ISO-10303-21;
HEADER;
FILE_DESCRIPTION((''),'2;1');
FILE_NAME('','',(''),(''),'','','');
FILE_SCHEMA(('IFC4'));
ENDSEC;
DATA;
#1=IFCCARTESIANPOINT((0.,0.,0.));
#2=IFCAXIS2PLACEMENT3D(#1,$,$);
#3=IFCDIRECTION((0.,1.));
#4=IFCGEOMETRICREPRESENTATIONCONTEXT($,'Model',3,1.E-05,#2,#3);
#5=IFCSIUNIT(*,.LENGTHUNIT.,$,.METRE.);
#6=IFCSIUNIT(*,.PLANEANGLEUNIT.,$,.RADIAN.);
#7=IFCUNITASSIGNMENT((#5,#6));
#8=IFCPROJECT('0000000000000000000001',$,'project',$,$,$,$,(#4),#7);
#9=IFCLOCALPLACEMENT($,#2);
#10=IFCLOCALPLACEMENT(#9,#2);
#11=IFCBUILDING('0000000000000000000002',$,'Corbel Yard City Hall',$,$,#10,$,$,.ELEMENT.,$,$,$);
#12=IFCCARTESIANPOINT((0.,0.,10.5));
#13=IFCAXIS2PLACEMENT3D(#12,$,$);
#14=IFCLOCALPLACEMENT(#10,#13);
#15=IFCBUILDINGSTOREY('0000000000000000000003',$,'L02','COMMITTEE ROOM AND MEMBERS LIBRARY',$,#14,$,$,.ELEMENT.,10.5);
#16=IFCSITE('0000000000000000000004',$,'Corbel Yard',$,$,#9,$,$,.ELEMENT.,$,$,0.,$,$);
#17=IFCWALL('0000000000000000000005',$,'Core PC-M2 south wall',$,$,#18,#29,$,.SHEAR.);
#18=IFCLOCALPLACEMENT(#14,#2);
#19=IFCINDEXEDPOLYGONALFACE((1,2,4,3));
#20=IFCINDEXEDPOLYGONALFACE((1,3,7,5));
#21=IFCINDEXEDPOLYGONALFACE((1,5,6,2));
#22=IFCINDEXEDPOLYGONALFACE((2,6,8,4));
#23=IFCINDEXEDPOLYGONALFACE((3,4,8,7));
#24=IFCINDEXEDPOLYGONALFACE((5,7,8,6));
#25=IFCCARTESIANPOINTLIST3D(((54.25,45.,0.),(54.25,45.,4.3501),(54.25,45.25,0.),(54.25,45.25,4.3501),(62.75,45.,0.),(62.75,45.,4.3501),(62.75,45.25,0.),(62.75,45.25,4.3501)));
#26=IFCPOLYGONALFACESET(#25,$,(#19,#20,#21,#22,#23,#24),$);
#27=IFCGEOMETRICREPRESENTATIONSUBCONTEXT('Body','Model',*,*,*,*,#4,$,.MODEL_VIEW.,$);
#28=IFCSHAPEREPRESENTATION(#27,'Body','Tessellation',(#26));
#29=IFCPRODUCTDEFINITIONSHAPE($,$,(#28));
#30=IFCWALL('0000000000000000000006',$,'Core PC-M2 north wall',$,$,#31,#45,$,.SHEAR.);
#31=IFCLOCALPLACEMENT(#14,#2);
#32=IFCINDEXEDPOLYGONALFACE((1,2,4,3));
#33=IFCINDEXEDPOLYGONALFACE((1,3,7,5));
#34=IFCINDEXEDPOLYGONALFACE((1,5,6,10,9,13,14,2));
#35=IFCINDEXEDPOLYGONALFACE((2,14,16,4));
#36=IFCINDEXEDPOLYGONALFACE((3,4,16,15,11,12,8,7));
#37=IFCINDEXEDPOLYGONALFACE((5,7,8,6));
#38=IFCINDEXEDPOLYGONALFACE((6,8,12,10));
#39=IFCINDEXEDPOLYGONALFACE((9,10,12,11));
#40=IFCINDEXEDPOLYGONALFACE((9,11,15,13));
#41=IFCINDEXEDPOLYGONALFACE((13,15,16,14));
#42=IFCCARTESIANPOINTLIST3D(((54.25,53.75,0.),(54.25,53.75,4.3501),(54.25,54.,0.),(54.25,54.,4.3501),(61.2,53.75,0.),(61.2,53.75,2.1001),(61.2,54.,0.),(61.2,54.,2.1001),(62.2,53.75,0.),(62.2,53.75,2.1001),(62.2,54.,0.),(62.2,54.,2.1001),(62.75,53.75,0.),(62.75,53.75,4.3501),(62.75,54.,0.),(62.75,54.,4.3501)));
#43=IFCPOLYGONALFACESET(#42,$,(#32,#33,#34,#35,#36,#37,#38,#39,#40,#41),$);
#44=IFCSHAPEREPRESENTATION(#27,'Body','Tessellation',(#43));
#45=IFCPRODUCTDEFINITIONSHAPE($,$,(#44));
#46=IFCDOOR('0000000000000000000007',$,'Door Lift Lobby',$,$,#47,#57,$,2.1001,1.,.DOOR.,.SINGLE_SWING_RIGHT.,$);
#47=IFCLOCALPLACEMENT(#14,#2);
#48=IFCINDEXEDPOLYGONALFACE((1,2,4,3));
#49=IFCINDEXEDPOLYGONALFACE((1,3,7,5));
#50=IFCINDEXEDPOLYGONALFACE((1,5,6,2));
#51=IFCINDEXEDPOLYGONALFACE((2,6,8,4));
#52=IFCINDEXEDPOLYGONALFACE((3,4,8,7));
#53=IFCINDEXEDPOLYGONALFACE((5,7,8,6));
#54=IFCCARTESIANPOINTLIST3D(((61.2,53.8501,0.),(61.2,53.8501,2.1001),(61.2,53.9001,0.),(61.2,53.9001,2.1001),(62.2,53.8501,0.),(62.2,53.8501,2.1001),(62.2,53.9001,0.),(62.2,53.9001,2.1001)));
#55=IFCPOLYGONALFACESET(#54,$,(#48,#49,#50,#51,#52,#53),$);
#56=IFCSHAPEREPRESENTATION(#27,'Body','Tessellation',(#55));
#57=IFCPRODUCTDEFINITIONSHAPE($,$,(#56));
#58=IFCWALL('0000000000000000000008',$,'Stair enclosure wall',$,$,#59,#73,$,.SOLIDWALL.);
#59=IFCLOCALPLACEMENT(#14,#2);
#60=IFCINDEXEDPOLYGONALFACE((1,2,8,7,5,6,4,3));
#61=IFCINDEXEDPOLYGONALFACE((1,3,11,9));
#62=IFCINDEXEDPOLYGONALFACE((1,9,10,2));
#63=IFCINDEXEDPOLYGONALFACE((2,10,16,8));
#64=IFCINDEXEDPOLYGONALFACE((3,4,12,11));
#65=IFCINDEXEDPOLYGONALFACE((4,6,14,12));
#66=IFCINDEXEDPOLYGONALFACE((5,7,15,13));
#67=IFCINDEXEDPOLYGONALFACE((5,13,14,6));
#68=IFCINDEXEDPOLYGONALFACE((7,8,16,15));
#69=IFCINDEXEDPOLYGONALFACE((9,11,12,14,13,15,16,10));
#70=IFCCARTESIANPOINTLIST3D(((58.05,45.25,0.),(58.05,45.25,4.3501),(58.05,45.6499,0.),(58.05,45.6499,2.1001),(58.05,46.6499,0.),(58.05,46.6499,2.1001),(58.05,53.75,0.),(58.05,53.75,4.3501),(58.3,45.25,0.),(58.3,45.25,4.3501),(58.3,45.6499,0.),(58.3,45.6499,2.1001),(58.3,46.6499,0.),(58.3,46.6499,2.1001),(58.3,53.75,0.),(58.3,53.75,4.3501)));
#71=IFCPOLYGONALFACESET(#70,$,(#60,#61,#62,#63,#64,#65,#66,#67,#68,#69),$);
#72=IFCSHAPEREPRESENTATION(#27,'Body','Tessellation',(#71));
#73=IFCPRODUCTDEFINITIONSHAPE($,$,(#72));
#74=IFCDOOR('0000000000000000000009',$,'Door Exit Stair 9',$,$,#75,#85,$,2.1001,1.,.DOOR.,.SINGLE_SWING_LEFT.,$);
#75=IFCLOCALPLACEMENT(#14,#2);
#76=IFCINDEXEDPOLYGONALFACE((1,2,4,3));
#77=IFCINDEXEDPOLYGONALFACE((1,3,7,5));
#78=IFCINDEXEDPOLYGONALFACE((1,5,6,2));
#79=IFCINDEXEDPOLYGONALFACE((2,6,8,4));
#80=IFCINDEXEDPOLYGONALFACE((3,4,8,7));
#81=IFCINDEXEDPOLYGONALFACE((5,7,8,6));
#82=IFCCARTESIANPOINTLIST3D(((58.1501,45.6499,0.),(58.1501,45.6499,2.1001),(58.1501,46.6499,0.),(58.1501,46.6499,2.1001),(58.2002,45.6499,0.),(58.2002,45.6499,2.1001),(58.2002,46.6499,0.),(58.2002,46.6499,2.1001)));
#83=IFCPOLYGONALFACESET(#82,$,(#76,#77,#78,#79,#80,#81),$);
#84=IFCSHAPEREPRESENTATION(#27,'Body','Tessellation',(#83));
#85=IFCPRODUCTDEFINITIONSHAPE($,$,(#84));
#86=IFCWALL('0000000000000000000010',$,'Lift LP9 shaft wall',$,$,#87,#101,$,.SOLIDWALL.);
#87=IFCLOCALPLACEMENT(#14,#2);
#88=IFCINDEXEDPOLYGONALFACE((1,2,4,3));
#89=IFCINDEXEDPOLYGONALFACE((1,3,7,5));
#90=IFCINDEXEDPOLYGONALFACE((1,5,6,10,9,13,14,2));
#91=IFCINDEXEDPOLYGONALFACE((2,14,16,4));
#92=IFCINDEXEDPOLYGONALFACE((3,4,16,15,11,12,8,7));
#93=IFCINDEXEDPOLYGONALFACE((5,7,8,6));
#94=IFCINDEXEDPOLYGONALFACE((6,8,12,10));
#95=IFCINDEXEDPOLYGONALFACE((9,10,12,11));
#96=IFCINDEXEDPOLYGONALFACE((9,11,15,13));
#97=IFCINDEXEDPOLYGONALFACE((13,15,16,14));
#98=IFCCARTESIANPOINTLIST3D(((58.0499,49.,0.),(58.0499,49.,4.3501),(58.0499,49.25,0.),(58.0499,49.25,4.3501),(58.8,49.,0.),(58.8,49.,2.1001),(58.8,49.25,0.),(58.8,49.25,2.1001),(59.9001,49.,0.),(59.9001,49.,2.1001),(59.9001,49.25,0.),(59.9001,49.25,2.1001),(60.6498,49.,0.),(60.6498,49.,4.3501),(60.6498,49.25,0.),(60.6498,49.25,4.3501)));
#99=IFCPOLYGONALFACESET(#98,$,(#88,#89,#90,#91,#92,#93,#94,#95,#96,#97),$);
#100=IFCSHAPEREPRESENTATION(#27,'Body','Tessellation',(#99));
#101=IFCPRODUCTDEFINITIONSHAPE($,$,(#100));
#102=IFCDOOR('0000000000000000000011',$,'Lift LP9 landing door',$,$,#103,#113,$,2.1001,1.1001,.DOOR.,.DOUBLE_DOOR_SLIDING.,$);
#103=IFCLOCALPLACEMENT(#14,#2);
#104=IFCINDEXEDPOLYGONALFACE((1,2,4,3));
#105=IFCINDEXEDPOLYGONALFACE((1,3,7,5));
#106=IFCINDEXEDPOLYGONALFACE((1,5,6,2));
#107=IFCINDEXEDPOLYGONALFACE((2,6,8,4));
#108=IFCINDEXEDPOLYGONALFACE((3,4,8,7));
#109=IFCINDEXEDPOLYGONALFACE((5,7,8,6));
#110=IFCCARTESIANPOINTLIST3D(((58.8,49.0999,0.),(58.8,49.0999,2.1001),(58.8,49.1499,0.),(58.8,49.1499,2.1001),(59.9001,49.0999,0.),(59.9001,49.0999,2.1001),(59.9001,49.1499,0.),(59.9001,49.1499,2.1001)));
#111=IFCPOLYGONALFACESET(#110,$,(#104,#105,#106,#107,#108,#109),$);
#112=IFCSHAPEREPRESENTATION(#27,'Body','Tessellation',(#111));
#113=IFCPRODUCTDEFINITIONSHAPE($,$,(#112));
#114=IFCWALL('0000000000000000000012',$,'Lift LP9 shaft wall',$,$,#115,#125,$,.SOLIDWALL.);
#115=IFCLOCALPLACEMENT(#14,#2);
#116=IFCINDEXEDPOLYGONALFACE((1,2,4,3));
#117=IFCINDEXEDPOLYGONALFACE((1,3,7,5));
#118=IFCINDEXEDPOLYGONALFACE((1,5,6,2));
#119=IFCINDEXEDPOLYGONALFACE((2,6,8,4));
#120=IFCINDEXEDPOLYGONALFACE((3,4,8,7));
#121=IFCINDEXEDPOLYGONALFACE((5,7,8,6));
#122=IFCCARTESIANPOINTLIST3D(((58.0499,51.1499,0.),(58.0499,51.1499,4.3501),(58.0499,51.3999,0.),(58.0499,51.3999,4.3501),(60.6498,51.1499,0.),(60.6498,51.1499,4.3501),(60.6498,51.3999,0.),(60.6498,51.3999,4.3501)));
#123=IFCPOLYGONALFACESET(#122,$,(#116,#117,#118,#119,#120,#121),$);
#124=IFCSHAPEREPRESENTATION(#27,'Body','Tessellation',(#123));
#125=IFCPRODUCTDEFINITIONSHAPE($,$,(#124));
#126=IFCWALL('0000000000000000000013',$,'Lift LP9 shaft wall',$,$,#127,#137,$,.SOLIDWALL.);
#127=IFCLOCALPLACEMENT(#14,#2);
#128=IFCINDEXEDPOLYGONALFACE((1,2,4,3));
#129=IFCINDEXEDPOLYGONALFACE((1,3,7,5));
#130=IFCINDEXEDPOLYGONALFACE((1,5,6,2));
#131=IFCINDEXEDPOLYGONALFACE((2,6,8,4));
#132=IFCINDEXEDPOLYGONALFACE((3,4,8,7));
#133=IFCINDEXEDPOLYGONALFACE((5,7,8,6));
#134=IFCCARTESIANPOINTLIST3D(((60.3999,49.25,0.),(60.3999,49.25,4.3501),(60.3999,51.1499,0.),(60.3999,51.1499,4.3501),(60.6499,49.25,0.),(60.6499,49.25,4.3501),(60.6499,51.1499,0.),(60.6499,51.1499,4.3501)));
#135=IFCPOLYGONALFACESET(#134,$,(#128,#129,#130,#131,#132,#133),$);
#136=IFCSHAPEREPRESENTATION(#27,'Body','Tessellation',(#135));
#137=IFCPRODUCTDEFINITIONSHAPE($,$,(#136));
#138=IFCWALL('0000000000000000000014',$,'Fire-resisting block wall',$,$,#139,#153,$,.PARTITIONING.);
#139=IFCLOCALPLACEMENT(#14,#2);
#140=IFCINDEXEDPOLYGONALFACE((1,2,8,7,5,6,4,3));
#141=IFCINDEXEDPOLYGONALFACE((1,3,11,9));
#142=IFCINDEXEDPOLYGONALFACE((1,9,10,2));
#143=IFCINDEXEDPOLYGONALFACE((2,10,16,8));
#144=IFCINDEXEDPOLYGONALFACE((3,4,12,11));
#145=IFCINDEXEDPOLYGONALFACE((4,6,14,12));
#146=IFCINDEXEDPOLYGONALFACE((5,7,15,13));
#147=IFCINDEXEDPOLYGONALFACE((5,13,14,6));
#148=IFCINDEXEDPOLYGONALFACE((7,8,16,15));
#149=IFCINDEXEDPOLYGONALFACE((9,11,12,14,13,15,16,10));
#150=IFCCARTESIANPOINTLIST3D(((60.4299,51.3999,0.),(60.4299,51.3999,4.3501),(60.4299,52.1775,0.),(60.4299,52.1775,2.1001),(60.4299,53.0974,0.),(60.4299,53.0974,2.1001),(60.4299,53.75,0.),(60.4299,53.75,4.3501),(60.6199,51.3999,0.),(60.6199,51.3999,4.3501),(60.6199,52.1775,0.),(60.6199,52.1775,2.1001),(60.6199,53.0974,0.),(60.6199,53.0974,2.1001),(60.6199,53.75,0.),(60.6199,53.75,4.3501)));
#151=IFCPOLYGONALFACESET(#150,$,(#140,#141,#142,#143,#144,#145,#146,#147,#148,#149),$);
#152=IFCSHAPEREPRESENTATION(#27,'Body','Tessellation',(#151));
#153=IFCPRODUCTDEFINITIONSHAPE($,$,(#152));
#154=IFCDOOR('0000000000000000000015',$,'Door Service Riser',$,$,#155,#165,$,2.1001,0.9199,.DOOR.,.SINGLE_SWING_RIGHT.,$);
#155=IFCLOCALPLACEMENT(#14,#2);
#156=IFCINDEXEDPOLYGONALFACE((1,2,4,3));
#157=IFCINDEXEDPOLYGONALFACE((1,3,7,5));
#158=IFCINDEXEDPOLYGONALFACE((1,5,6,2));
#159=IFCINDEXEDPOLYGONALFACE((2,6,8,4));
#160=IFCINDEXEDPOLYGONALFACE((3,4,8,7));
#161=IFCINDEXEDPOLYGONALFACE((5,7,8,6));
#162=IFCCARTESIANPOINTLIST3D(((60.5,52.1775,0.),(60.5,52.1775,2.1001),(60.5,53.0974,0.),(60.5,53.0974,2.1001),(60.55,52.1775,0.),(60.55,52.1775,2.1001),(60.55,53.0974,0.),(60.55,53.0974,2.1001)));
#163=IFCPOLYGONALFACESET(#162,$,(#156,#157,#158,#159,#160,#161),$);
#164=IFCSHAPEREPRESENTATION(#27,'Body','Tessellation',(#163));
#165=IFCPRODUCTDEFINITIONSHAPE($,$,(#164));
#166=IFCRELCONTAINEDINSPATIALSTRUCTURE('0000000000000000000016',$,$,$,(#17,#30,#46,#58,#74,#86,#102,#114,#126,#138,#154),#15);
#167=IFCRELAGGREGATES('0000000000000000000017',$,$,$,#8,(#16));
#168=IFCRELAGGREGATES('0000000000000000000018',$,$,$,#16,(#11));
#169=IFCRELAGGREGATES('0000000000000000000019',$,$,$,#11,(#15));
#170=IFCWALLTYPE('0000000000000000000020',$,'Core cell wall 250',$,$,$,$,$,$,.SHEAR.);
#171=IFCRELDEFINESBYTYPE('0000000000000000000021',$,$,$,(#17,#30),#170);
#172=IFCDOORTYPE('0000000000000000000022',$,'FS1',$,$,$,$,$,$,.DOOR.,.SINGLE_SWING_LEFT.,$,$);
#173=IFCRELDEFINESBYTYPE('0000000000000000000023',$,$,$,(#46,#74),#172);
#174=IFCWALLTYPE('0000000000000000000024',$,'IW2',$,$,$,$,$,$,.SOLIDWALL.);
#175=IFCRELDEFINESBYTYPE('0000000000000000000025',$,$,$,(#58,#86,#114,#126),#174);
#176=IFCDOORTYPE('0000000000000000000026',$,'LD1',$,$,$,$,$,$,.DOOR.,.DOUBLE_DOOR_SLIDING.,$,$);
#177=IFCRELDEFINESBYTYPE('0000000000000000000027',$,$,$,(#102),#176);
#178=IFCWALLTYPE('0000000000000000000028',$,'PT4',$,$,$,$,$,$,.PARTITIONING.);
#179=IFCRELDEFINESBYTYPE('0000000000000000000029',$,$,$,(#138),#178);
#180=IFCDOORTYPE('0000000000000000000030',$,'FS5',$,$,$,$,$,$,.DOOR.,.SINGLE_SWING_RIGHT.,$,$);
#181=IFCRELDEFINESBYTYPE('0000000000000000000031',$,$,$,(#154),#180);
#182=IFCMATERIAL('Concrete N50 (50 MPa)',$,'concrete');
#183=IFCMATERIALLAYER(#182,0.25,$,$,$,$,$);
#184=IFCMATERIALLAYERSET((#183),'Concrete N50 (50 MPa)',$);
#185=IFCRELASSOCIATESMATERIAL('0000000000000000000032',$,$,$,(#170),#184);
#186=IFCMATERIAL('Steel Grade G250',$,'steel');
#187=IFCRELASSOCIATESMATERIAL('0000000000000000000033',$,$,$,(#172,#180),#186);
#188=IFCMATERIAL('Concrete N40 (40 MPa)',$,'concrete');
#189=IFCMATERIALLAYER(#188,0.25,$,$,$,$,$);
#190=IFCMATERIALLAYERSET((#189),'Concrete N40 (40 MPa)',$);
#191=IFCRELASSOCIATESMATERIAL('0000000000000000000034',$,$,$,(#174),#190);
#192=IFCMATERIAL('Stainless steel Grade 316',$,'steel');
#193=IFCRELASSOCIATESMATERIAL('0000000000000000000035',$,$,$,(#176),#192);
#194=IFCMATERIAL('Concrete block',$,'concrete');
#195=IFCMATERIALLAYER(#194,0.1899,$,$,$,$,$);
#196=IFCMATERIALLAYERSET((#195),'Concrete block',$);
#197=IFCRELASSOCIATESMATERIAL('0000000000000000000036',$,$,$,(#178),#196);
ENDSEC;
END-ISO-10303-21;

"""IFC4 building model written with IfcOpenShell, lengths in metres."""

from ifc_helpers import new_model, si_unit, direction, frame, frame_2d, origin, place, context, subcontext, project, spatial, rectangle, extrude, material, layer, layer_set, type_object, element, fill, save


model = new_model("IFC4")

# Units and contexts
model_context = context("Model", 3, precision=1e-05, world=origin(), true_north=direction((0.0, 1.0)))
body_context = subcontext(model_context, "Body", "Model", "MODEL_VIEW")
ifc_project = project(units=[si_unit("LENGTHUNIT", "METRE"), si_unit("PLANEANGLEUNIT", "RADIAN")], contexts=[model_context])

# Site, building, storey
site_placement = place(None, origin())
site = spatial("IfcSite", under=ifc_project, at=site_placement, Name="Corbel Yard", CompositionType="ELEMENT", RefElevation=0.0)
building_placement = place(site_placement, origin())
building = spatial("IfcBuilding", under=site, at=building_placement, Name="Corbel Yard City Hall", CompositionType="ELEMENT")
storey_placement = place(building_placement, frame((0.0, 0.0, 10.5)))
storey = spatial("IfcBuildingStorey", under=building, at=storey_placement, Name="L02", Description="COMMITTEE ROOM AND MEMBERS LIBRARY", CompositionType="ELEMENT", Elevation=10.5)

# Wall
ifc_material_1 = material(Name="Concrete N50 (50 MPa)", Category="concrete")
ifc_layer_1 = layer(ifc_material_1, 0.25)
ifc_layer_set_1 = layer_set([ifc_layer_1], Name="Concrete N50 (50 MPa)")
wall_type_1 = type_object("IfcWallType", Name="Core cell wall 250", PredefinedType="SHEAR", material=ifc_layer_set_1)
wall_1_placement = place(storey_placement, frame((54.25, 45.125, 0.0), z_axis=(0.0, 0.0, 1.0), x_axis=(1.0, 0.0, 0.0)))
element("IfcWall", 1, at=wall_1_placement, inside=storey, type_object=wall_type_1, Name="Core PC-M2 south wall", PredefinedType="SHEAR", context=body_context, shape_type="SweptSolid", body=[
    extrude(rectangle(XDim=8.5, YDim=0.25, at=frame_2d((4.25, 0.0))), origin(), (0.0, 0.0, 1.0), 4.3501),
])

# Walls, openings, doors
wall_2_placement = place(storey_placement, frame((54.25, 53.875, 0.0), z_axis=(0.0, 0.0, 1.0), x_axis=(1.0, 0.0, 0.0)))
wall_2 = element("IfcWall", 2, at=wall_2_placement, inside=storey, type_object=wall_type_1, Name="Core PC-M2 north wall", PredefinedType="SHEAR", context=body_context, shape_type="SweptSolid", body=[
    extrude(rectangle(XDim=8.5, YDim=0.25, at=frame_2d((4.25, 0.0))), origin(), (0.0, 0.0, 1.0), 4.3501),
])
opening_1_placement = place(wall_2_placement, frame((6.95, 0.0, 0.0)))
opening_1 = element("IfcOpeningElement", 3, at=opening_1_placement, cuts=wall_2, PredefinedType="OPENING", context=body_context, shape_type="SweptSolid", body=[
    extrude(rectangle(XDim=1.0, YDim=2.1001, at=frame_2d((0.5, 1.05))), frame((0.0, 0.135, 0.0), z_axis=(0.0, -1.0, 0.0), x_axis=(1.0, 0.0, 0.0)), (0.0, 0.0, 1.0), 0.27),
])
ifc_material_2 = material(Name="Steel Grade G250", Category="steel")
door_type_1 = type_object("IfcDoorType", Name="FS1", OperationType="SINGLE_SWING_LEFT", PredefinedType="DOOR", material=ifc_material_2)
door_1_placement = place(opening_1_placement, frame((1.0, 0.0, 0.0), z_axis=(0.0, 0.0, 1.0), x_axis=(-1.0, 0.0, 0.0)))
door_1 = element("IfcDoor", 4, at=door_1_placement, inside=storey, type_object=door_type_1, Name="Door Lift Lobby", OperationType="SINGLE_SWING_RIGHT", OverallHeight=2.1001, OverallWidth=1.0, PredefinedType="DOOR", context=body_context, shape_type="SweptSolid", body=[
    extrude(rectangle(XDim=1.0, YDim=2.1001, at=frame_2d((0.5, 1.05))), frame((0.0, 0.0249, 0.0), z_axis=(0.0, -1.0, 0.0), x_axis=(1.0, 0.0, 0.0)), (0.0, 0.0, 1.0), 0.05),
])
fill(opening_1, door_1)
ifc_material_3 = material(Name="Concrete N40 (40 MPa)", Category="concrete")
ifc_layer_2 = layer(ifc_material_3, 0.25)
ifc_layer_set_2 = layer_set([ifc_layer_2], Name="Concrete N40 (40 MPa)")
wall_type_2 = type_object("IfcWallType", Name="IW2", PredefinedType="SOLIDWALL", material=ifc_layer_set_2)
wall_3_placement = place(storey_placement, frame((58.175, 45.25, 0.0), z_axis=(0.0, 0.0, 1.0), x_axis=(0.0, 1.0, 0.0)))
wall_3 = element("IfcWall", 5, at=wall_3_placement, inside=storey, type_object=wall_type_2, Name="Stair enclosure wall", PredefinedType="SOLIDWALL", context=body_context, shape_type="SweptSolid", body=[
    extrude(rectangle(XDim=8.5, YDim=0.25, at=frame_2d((4.25, 0.0))), origin(), (0.0, 0.0, 1.0), 4.3501),
])
opening_2_placement = place(wall_3_placement, frame((0.3999, 0.0, 0.0)))
opening_2 = element("IfcOpeningElement", 6, at=opening_2_placement, cuts=wall_3, PredefinedType="OPENING", context=body_context, shape_type="SweptSolid", body=[
    extrude(rectangle(XDim=1.0, YDim=2.1001, at=frame_2d((0.5, 1.05))), frame((0.0, 0.135, 0.0), z_axis=(0.0, -1.0, 0.0), x_axis=(1.0, 0.0, 0.0)), (0.0, 0.0, 1.0), 0.27),
])
door_2_placement = place(opening_2_placement, origin())
door_2 = element("IfcDoor", 7, at=door_2_placement, inside=storey, type_object=door_type_1, Name="Door Exit Stair 9", OperationType="SINGLE_SWING_LEFT", OverallHeight=2.1001, OverallWidth=1.0, PredefinedType="DOOR", context=body_context, shape_type="SweptSolid", body=[
    extrude(rectangle(XDim=1.0, YDim=2.1001, at=frame_2d((0.5, 1.05))), frame((0.0, 0.0249, 0.0), z_axis=(0.0, -1.0, 0.0), x_axis=(1.0, 0.0, 0.0)), (0.0, 0.0, 1.0), 0.05),
])
fill(opening_2, door_2)
wall_4_placement = place(storey_placement, frame((58.05, 49.125, 0.0), z_axis=(0.0, 0.0, 1.0), x_axis=(1.0, 0.0, 0.0)))
wall_4 = element("IfcWall", 8, at=wall_4_placement, inside=storey, type_object=wall_type_2, Name="Lift LP9 shaft wall", PredefinedType="SOLIDWALL", context=body_context, shape_type="SweptSolid", body=[
    extrude(rectangle(XDim=2.5999, YDim=0.25, at=frame_2d((1.2998, 0.0))), origin(), (0.0, 0.0, 1.0), 4.3501),
])
opening_3_placement = place(wall_4_placement, frame((0.75, 0.0, 0.0)))
opening_3 = element("IfcOpeningElement", 9, at=opening_3_placement, cuts=wall_4, PredefinedType="OPENING", context=body_context, shape_type="SweptSolid", body=[
    extrude(rectangle(XDim=1.1001, YDim=2.1001, at=frame_2d((0.55, 1.05))), frame((0.0, 0.135, 0.0), z_axis=(0.0, -1.0, 0.0), x_axis=(1.0, 0.0, 0.0)), (0.0, 0.0, 1.0), 0.27),
])
ifc_material_4 = material(Name="Stainless steel Grade 316", Category="steel")
door_type_2 = type_object("IfcDoorType", Name="LD1", OperationType="DOUBLE_DOOR_SLIDING", PredefinedType="DOOR", material=ifc_material_4)
door_3_placement = place(opening_3_placement, origin())
door_3 = element("IfcDoor", 10, at=door_3_placement, inside=storey, type_object=door_type_2, Name="Lift LP9 landing door", OperationType="DOUBLE_DOOR_SLIDING", OverallHeight=2.1001, OverallWidth=1.1001, PredefinedType="DOOR", context=body_context, shape_type="SweptSolid", body=[
    extrude(rectangle(XDim=1.1001, YDim=2.1001, at=frame_2d((0.55, 1.05))), frame((0.0, 0.0249, 0.0), z_axis=(0.0, -1.0, 0.0), x_axis=(1.0, 0.0, 0.0)), (0.0, 0.0, 1.0), 0.05),
])
fill(opening_3, door_3)

# Walls
wall_5_placement = place(storey_placement, frame((58.05, 51.2749, 0.0), z_axis=(0.0, 0.0, 1.0), x_axis=(1.0, 0.0, 0.0)))
element("IfcWall", 11, at=wall_5_placement, inside=storey, type_object=wall_type_2, Name="Lift LP9 shaft wall", PredefinedType="SOLIDWALL", context=body_context, shape_type="SweptSolid", body=[
    extrude(rectangle(XDim=2.5999, YDim=0.25, at=frame_2d((1.2998, 0.0))), origin(), (0.0, 0.0, 1.0), 4.3501),
])
wall_6_placement = place(storey_placement, frame((60.5249, 49.25, 0.0), z_axis=(0.0, 0.0, 1.0), x_axis=(0.0, 1.0, 0.0)))
element("IfcWall", 12, at=wall_6_placement, inside=storey, type_object=wall_type_2, Name="Lift LP9 shaft wall", PredefinedType="SOLIDWALL", context=body_context, shape_type="SweptSolid", body=[
    extrude(rectangle(XDim=1.8999, YDim=0.25, at=frame_2d((0.95, 0.0))), origin(), (0.0, 0.0, 1.0), 4.3501),
])

# Wall, opening, door
ifc_material_5 = material(Name="Concrete block", Category="concrete")
ifc_layer_3 = layer(ifc_material_5, 0.1899)
ifc_layer_set_3 = layer_set([ifc_layer_3], Name="Concrete block")
wall_type_3 = type_object("IfcWallType", Name="PT4", PredefinedType="PARTITIONING", material=ifc_layer_set_3)
wall_7_placement = place(storey_placement, frame((60.5249, 51.3999, 0.0), z_axis=(0.0, 0.0, 1.0), x_axis=(0.0, 1.0, 0.0)))
wall_7 = element("IfcWall", 13, at=wall_7_placement, inside=storey, type_object=wall_type_3, Name="Fire-resisting block wall", PredefinedType="PARTITIONING", context=body_context, shape_type="SweptSolid", body=[
    extrude(rectangle(XDim=2.3501, YDim=0.1899, at=frame_2d((1.175, 0.0))), origin(), (0.0, 0.0, 1.0), 4.3501),
])
opening_4_placement = place(wall_7_placement, frame((0.7776, 0.0, 0.0)))
opening_4 = element("IfcOpeningElement", 14, at=opening_4_placement, cuts=wall_7, PredefinedType="OPENING", context=body_context, shape_type="SweptSolid", body=[
    extrude(rectangle(XDim=0.9199, YDim=2.1001, at=frame_2d((0.46, 1.05))), frame((0.0, 0.105, 0.0), z_axis=(0.0, -1.0, 0.0), x_axis=(1.0, 0.0, 0.0)), (0.0, 0.0, 1.0), 0.21),
])
door_type_3 = type_object("IfcDoorType", Name="FS5", OperationType="SINGLE_SWING_RIGHT", PredefinedType="DOOR", material=ifc_material_2)
door_4_placement = place(opening_4_placement, origin())
door_4 = element("IfcDoor", 15, at=door_4_placement, inside=storey, type_object=door_type_3, Name="Door Service Riser", OperationType="SINGLE_SWING_RIGHT", OverallHeight=2.1001, OverallWidth=0.9199, PredefinedType="DOOR", context=body_context, shape_type="SweptSolid", body=[
    extrude(rectangle(XDim=0.9199, YDim=2.1001, at=frame_2d((0.46, 1.05))), frame((0.0, 0.0249, 0.0), z_axis=(0.0, -1.0, 0.0), x_axis=(1.0, 0.0, 0.0)), (0.0, 0.0, 1.0), 0.05),
])
fill(opening_4, door_4)

save(model, "model.ifc")
